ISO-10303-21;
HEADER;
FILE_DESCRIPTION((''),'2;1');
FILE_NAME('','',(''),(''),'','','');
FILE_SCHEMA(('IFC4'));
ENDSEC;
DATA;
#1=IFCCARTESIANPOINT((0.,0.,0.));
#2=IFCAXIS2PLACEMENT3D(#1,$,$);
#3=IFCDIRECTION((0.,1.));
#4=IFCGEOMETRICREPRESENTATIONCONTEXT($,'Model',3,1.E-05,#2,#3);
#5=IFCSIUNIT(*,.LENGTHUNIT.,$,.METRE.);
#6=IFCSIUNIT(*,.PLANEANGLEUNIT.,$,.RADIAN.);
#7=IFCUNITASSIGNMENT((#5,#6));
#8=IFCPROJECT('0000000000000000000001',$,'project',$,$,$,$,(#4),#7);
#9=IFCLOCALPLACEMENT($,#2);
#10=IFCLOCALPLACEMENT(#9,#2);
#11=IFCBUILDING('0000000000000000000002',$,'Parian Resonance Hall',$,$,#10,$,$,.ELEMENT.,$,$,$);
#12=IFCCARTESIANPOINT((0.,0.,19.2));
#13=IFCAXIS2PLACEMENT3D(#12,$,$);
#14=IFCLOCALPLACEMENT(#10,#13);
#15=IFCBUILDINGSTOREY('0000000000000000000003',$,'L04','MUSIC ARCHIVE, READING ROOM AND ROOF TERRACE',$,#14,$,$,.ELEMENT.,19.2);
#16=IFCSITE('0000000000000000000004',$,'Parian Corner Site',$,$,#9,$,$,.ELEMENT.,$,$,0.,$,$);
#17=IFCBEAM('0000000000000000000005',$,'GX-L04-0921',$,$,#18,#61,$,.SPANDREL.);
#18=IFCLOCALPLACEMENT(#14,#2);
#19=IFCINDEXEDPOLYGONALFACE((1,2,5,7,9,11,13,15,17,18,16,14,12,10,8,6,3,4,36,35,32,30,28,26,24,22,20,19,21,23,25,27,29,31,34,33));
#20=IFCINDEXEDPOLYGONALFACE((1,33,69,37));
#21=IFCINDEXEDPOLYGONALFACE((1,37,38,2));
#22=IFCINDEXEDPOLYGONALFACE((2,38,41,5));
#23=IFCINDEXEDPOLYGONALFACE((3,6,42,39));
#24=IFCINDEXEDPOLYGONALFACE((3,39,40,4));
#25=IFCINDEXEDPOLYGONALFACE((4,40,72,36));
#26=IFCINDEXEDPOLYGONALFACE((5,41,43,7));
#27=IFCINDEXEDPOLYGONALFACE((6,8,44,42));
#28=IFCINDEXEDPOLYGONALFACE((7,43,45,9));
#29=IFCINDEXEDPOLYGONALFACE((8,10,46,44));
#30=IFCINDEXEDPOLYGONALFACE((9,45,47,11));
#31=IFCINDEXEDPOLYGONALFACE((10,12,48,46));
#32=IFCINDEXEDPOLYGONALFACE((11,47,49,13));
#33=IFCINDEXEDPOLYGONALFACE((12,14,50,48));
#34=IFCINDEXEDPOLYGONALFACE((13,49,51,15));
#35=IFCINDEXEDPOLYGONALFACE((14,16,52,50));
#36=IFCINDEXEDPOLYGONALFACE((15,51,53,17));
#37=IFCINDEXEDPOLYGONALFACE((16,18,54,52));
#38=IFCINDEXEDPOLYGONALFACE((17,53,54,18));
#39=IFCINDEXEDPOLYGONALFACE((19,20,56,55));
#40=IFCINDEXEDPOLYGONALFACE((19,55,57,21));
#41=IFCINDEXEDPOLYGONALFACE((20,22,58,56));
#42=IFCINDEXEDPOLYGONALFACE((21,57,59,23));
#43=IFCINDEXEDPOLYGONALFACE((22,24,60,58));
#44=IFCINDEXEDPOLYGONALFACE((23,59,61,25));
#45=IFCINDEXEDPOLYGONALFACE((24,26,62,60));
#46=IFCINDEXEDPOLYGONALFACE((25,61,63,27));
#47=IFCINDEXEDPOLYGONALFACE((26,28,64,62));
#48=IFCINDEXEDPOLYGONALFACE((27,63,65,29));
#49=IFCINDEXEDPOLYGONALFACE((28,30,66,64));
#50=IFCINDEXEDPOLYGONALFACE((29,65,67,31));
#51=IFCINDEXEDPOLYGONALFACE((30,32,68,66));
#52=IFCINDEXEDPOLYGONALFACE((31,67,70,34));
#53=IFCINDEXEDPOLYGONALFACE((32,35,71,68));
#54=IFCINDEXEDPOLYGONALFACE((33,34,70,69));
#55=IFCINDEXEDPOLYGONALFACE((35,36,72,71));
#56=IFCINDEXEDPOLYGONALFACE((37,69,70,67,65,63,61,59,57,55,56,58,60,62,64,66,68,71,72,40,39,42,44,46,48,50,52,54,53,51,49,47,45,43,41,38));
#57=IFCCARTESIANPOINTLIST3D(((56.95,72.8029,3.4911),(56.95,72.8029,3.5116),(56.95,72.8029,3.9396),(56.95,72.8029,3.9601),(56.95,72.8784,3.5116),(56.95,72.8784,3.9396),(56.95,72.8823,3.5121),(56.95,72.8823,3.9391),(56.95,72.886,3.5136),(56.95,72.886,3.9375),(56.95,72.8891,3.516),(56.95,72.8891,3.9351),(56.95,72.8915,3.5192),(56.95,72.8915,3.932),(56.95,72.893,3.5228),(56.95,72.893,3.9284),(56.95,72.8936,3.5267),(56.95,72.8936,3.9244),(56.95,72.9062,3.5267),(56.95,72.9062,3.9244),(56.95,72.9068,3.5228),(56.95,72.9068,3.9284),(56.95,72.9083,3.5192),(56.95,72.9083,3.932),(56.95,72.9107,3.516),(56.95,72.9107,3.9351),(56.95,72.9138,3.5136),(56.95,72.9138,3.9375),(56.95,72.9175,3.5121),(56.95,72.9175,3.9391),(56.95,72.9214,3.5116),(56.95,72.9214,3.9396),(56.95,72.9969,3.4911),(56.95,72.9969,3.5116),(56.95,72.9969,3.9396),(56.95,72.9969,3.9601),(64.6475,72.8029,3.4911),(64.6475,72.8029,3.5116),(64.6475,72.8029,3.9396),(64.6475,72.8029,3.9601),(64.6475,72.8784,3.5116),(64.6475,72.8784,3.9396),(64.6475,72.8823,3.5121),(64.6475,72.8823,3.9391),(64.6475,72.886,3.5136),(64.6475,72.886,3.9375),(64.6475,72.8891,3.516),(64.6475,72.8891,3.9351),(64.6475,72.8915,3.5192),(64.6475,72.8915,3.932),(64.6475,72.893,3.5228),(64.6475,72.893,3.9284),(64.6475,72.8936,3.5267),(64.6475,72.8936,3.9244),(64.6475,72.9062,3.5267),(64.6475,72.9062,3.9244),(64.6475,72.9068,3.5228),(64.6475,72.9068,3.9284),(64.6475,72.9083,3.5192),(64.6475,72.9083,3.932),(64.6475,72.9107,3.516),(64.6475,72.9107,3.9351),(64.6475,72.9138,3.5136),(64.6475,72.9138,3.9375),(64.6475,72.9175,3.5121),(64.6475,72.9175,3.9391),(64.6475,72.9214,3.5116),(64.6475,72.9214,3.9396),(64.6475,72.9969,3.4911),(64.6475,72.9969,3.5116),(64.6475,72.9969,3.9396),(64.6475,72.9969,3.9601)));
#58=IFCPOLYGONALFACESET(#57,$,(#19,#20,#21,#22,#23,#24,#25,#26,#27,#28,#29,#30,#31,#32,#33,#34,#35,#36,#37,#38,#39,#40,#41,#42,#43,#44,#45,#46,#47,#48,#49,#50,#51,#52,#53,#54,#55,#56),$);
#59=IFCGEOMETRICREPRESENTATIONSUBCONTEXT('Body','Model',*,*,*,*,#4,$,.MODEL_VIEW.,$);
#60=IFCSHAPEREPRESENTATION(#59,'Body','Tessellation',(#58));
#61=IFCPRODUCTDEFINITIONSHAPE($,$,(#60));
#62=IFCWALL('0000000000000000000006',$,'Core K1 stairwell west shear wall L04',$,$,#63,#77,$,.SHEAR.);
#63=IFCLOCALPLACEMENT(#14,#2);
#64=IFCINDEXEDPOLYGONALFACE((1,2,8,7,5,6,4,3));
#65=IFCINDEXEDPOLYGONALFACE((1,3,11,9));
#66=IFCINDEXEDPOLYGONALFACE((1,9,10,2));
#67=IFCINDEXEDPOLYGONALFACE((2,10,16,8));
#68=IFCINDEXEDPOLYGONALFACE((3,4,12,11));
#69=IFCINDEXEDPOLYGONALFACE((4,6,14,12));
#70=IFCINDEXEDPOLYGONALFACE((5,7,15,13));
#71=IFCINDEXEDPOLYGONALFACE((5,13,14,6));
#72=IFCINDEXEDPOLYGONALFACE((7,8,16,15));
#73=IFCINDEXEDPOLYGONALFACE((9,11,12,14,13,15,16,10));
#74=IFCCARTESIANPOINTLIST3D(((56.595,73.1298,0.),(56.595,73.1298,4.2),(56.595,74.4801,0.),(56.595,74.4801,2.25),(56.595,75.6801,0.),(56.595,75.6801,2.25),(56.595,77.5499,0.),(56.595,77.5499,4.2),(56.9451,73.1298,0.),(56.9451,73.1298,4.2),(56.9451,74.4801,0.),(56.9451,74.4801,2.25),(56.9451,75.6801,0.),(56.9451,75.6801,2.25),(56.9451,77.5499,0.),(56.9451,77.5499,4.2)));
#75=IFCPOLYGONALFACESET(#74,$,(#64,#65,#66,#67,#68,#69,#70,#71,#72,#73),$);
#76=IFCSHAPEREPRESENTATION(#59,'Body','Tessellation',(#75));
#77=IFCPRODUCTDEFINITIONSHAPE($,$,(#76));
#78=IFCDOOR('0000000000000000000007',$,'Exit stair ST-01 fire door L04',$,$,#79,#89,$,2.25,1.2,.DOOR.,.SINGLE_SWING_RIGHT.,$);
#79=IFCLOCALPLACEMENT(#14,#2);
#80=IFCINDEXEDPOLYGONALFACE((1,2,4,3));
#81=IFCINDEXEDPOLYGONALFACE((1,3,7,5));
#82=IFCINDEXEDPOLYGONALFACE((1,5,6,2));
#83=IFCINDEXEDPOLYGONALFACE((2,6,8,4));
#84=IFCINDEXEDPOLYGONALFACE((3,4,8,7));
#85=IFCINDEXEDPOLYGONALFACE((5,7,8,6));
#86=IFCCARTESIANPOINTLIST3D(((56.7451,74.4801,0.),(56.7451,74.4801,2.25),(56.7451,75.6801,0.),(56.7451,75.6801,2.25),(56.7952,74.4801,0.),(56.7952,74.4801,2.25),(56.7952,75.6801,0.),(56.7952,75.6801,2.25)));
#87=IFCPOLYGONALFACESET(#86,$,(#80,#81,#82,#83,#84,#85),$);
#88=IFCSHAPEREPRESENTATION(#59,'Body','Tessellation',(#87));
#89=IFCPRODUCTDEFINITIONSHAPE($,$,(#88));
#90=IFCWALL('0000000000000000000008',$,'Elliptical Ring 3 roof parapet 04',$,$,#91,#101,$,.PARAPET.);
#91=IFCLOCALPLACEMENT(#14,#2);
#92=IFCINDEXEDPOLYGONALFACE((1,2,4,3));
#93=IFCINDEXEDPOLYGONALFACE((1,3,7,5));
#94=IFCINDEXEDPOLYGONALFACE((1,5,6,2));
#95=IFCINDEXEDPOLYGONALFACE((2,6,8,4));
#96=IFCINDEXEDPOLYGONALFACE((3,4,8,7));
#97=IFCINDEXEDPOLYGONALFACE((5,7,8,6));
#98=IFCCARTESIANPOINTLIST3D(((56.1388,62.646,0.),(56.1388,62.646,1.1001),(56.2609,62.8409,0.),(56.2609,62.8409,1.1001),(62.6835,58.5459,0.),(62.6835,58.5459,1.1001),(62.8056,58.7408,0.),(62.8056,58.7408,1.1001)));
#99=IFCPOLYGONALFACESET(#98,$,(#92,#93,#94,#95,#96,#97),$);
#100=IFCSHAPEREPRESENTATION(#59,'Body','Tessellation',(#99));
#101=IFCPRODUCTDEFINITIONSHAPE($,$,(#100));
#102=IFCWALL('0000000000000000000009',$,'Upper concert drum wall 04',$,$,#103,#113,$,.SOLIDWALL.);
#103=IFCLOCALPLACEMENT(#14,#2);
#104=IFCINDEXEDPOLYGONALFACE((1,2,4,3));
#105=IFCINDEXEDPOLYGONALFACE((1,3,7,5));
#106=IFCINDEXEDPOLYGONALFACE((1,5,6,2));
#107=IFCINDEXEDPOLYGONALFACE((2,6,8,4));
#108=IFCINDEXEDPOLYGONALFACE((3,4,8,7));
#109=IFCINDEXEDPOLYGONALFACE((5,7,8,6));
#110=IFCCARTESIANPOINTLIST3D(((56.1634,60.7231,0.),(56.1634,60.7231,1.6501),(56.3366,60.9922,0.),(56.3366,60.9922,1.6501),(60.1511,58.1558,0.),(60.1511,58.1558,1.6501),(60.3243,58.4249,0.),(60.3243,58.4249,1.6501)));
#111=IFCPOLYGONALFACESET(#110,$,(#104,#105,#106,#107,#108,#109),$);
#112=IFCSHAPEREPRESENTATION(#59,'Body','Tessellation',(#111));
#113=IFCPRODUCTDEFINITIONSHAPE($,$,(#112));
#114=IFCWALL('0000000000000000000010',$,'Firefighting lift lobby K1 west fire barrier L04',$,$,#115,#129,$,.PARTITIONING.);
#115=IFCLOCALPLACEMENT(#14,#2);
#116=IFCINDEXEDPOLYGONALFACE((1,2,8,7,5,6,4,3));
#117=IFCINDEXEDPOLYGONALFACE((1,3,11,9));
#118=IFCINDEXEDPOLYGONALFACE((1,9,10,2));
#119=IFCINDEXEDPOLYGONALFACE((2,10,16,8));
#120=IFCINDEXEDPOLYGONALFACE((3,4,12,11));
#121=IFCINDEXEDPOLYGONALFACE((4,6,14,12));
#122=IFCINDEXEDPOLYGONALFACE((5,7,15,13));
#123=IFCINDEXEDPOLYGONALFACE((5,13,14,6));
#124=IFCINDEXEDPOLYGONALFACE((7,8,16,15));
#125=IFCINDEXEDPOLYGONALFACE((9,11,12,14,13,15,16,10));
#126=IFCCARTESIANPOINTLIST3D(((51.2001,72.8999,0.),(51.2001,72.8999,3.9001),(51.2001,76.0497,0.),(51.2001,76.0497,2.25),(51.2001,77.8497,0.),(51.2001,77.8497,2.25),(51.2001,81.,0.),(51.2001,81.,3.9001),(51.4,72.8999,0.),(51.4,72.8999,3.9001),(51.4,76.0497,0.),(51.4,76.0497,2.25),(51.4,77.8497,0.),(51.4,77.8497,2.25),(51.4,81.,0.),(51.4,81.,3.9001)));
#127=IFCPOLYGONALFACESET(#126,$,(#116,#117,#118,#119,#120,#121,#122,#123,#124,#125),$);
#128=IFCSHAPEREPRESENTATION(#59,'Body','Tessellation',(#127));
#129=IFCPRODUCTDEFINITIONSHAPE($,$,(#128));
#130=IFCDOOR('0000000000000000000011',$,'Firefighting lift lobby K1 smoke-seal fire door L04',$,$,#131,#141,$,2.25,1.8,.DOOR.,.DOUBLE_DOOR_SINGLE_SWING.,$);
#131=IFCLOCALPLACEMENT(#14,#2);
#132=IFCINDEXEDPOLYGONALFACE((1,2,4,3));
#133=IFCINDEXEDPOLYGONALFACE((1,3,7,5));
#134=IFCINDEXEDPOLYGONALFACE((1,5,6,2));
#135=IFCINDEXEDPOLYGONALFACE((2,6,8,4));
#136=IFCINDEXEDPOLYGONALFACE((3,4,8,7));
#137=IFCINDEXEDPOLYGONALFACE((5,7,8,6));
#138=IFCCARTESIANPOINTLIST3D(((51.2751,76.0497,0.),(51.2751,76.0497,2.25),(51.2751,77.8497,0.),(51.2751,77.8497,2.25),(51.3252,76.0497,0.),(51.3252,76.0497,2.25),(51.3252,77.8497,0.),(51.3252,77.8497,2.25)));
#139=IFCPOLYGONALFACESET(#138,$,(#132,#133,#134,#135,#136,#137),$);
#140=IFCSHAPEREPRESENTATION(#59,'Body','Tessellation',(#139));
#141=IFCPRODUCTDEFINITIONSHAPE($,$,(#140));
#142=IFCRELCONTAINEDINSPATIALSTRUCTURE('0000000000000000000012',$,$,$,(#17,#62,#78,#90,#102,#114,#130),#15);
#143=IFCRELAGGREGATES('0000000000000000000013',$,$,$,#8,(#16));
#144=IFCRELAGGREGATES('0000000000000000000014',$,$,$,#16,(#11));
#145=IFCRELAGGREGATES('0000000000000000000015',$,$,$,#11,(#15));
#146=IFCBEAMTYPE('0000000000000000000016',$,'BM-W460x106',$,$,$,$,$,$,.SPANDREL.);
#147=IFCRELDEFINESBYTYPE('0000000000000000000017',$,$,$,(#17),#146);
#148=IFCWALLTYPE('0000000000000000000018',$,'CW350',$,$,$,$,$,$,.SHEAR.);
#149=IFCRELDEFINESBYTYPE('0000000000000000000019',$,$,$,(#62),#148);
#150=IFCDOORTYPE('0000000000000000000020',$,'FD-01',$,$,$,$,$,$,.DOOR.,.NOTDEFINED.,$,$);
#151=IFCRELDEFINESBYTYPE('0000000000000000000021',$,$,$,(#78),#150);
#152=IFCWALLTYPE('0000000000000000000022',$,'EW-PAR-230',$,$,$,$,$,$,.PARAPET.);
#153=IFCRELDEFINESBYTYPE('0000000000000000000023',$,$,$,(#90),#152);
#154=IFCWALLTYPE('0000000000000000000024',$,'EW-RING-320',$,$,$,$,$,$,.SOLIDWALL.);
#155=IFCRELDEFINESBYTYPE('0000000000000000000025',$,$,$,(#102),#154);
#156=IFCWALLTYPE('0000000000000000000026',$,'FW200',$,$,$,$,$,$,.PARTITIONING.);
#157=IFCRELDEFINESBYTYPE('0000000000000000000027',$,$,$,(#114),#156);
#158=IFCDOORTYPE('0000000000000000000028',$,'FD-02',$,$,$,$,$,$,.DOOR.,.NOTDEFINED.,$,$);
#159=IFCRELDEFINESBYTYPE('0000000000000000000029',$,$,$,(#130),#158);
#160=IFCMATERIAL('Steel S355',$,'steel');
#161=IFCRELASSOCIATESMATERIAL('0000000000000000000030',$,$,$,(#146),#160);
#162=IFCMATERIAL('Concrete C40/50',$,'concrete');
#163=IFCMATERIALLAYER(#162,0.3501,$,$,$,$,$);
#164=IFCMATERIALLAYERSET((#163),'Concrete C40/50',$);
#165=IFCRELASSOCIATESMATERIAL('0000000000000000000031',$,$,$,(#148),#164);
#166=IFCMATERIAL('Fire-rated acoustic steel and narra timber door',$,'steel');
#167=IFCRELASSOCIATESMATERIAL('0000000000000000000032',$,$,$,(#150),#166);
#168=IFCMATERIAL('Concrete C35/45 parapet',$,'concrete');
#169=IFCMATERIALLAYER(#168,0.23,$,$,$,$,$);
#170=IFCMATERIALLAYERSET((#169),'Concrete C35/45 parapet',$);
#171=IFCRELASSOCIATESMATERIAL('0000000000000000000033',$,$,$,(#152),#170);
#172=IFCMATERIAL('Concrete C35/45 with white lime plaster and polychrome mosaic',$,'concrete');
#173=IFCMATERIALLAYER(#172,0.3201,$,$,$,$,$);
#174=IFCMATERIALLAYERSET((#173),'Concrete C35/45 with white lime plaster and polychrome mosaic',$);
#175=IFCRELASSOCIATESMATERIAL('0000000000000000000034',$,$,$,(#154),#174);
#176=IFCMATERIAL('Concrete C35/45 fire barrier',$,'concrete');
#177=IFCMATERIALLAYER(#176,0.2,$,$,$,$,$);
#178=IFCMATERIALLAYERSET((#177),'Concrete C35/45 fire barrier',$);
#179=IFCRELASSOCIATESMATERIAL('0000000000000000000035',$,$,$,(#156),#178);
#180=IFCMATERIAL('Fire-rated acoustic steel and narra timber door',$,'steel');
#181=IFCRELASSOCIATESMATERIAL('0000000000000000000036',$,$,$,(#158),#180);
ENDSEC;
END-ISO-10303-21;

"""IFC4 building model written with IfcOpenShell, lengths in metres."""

from ifc_helpers import new_model, si_unit, direction, frame, frame_2d, origin, origin_2d, place, context, subcontext, project, spatial, rectangle, i_section, extrude, material, layer, layer_set, material_profile, profile_set, type_object, element, fill, save


model = new_model("IFC4")

# Units and contexts
model_context = context("Model", 3, precision=1e-05, world=origin(), true_north=direction((0.0, 1.0)))
body_context = subcontext(model_context, "Body", "Model", "MODEL_VIEW")
ifc_project = project(units=[si_unit("LENGTHUNIT", "METRE"), si_unit("PLANEANGLEUNIT", "RADIAN")], contexts=[model_context])

# Site, building, storey
site_placement = place(None, origin())
site = spatial("IfcSite", under=ifc_project, at=site_placement, Name="Parian Corner Site", CompositionType="ELEMENT", RefElevation=0.0)
building_placement = place(site_placement, origin())
building = spatial("IfcBuilding", under=site, at=building_placement, Name="Parian Resonance Hall", CompositionType="ELEMENT")
storey_placement = place(building_placement, frame((0.0, 0.0, 19.2)))
storey = spatial("IfcBuildingStorey", under=building, at=storey_placement, Name="L04", Description="MUSIC ARCHIVE, READING ROOM AND ROOF TERRACE", CompositionType="ELEMENT", Elevation=19.2)

# Beam
ifc_material_1 = material(Name="Steel S355", Category="steel")
ifc_material_profile_1 = material_profile(ifc_material_1, i_section(OverallWidth=0.1941, OverallDepth=0.469, WebThickness=0.0127, FlangeThickness=0.0205, FilletRadius=0.0151, at=origin_2d()), Name="W460x106")
ifc_profile_set_1 = profile_set([ifc_material_profile_1], Name="Steel S355")
beam_type_1 = type_object("IfcBeamType", Name="BM-W460x106", PredefinedType="SPANDREL", material=ifc_profile_set_1)
beam_1_placement = place(storey_placement, frame((56.95, 72.8999, 3.7256), z_axis=(1.0, 0.0, 0.0), x_axis=(0.0, 1.0, 0.0)))
element("IfcBeam", 1, at=beam_1_placement, inside=storey, type_object=beam_type_1, Name="GX-L04-0921", PredefinedType="SPANDREL", context=body_context, shape_type="SweptSolid", body=[
    extrude(i_section(OverallWidth=0.1941, OverallDepth=0.469, WebThickness=0.0127, FlangeThickness=0.0205, FilletRadius=0.0151, at=origin_2d()), origin(), (0.0, 0.0, 1.0), 7.6975),
])

# Wall, opening, door
ifc_material_2 = material(Name="Concrete C40/50", Category="concrete")
ifc_layer_1 = layer(ifc_material_2, 0.3501)
ifc_layer_set_1 = layer_set([ifc_layer_1], Name="Concrete C40/50")
wall_type_1 = type_object("IfcWallType", Name="CW350", PredefinedType="SHEAR", material=ifc_layer_set_1)
wall_1_placement = place(storey_placement, frame((56.77, 73.1299, 0.0), z_axis=(0.0, 0.0, 1.0), x_axis=(0.0, 1.0, 0.0)))
wall_1 = element("IfcWall", 2, at=wall_1_placement, inside=storey, type_object=wall_type_1, Name="Core K1 stairwell west shear wall L04", PredefinedType="SHEAR", context=body_context, shape_type="SweptSolid", body=[
    extrude(rectangle(XDim=4.4202, YDim=0.3501, at=frame_2d((2.21, 0.0))), origin(), (0.0, 0.0, 1.0), 4.2),
])
opening_1_placement = place(wall_1_placement, frame((1.3501, 0.0, 0.0)))
opening_1 = element("IfcOpeningElement", 3, at=opening_1_placement, cuts=wall_1, PredefinedType="OPENING", context=body_context, shape_type="SweptSolid", body=[
    extrude(rectangle(XDim=1.2, YDim=2.25, at=frame_2d((0.6001, 1.125))), frame((0.0, 0.1851, 0.0), z_axis=(0.0, -1.0, 0.0), x_axis=(1.0, 0.0, 0.0)), (0.0, 0.0, 1.0), 0.3701),
])
ifc_material_3 = material(Name="Fire-rated acoustic steel and narra timber door", Category="steel")
door_type_1 = type_object("IfcDoorType", Name="FD-01", OperationType="NOTDEFINED", PredefinedType="DOOR", material=ifc_material_3)
door_1_placement = place(opening_1_placement, origin())
door_1 = element("IfcDoor", 4, at=door_1_placement, inside=storey, type_object=door_type_1, Name="Exit stair ST-01 fire door L04", OperationType="SINGLE_SWING_RIGHT", OverallHeight=2.25, OverallWidth=1.2, PredefinedType="DOOR", context=body_context, shape_type="SweptSolid", body=[
    extrude(rectangle(XDim=1.2, YDim=2.25, at=frame_2d((0.6001, 1.125))), frame((0.0, 0.0249, 0.0), z_axis=(0.0, -1.0, 0.0), x_axis=(1.0, 0.0, 0.0)), (0.0, 0.0, 1.0), 0.05),
])
fill(opening_1, door_1)

# Walls
ifc_material_4 = material(Name="Concrete C35/45 parapet", Category="concrete")
ifc_layer_2 = layer(ifc_material_4, 0.23)
ifc_layer_set_2 = layer_set([ifc_layer_2], Name="Concrete C35/45 parapet")
wall_type_2 = type_object("IfcWallType", Name="EW-PAR-230", PredefinedType="PARAPET", material=ifc_layer_set_2)
wall_2_placement = place(storey_placement, frame((56.2, 62.7434, 0.0), z_axis=(0.0, 0.0, 1.0), x_axis=(0.847435, -0.530899, 0.0)))
element("IfcWall", 5, at=wall_2_placement, inside=storey, type_object=wall_type_2, Name="Elliptical Ring 3 roof parapet 04", PredefinedType="PARAPET", context=body_context, shape_type="SweptSolid", body=[
    extrude(rectangle(XDim=7.7229, YDim=0.23, at=frame_2d((3.8613, 0.0))), origin(), (0.0, 0.0, 1.0), 1.1001),
])
ifc_material_5 = material(Name="Concrete C35/45 with white lime plaster and polychrome mosaic", Category="concrete")
ifc_layer_3 = layer(ifc_material_5, 0.3201)
ifc_layer_set_3 = layer_set([ifc_layer_3], Name="Concrete C35/45 with white lime plaster and polychrome mosaic")
wall_type_3 = type_object("IfcWallType", Name="EW-RING-320", PredefinedType="SOLIDWALL", material=ifc_layer_set_3)
wall_3_placement = place(storey_placement, frame((56.25, 60.8577, 0.0), z_axis=(0.0, 0.0, 1.0), x_axis=(0.840814, -0.541325, 0.0)))
element("IfcWall", 6, at=wall_3_placement, inside=storey, type_object=wall_type_3, Name="Upper concert drum wall 04", PredefinedType="SOLIDWALL", context=body_context, shape_type="SweptSolid", body=[
    extrude(rectangle(XDim=4.7427, YDim=0.3201, at=frame_2d((2.3713, 0.0))), origin(), (0.0, 0.0, 1.0), 1.6501),
])

# Wall, opening, door
ifc_material_6 = material(Name="Concrete C35/45 fire barrier", Category="concrete")
ifc_layer_4 = layer(ifc_material_6, 0.2)
ifc_layer_set_4 = layer_set([ifc_layer_4], Name="Concrete C35/45 fire barrier")
wall_type_4 = type_object("IfcWallType", Name="FW200", PredefinedType="PARTITIONING", material=ifc_layer_set_4)
wall_4_placement = place(storey_placement, frame((51.3, 72.8999, 0.0), z_axis=(0.0, 0.0, 1.0), x_axis=(0.0, 1.0, 0.0)))
wall_4 = element("IfcWall", 7, at=wall_4_placement, inside=storey, type_object=wall_type_4, Name="Firefighting lift lobby K1 west fire barrier L04", PredefinedType="PARTITIONING", context=body_context, shape_type="SweptSolid", body=[
    extrude(rectangle(XDim=8.1001, YDim=0.2, at=frame_2d((4.05, 0.0))), origin(), (0.0, 0.0, 1.0), 3.9001),
])
opening_2_placement = place(wall_4_placement, frame((3.1499, 0.0, 0.0)))
opening_2 = element("IfcOpeningElement", 8, at=opening_2_placement, cuts=wall_4, PredefinedType="OPENING", context=body_context, shape_type="SweptSolid", body=[
    extrude(rectangle(XDim=1.8, YDim=2.25, at=frame_2d((0.8999, 1.125))), frame((0.0, 0.1099, 0.0), z_axis=(0.0, -1.0, 0.0), x_axis=(1.0, 0.0, 0.0)), (0.0, 0.0, 1.0), 0.22),
])
ifc_material_7 = material(Name="Fire-rated acoustic steel and narra timber door", Category="steel")
door_type_2 = type_object("IfcDoorType", Name="FD-02", OperationType="NOTDEFINED", PredefinedType="DOOR", material=ifc_material_7)
door_2_placement = place(opening_2_placement, origin())
door_2 = element("IfcDoor", 9, at=door_2_placement, inside=storey, type_object=door_type_2, Name="Firefighting lift lobby K1 smoke-seal fire door L04", OperationType="DOUBLE_DOOR_SINGLE_SWING", OverallHeight=2.25, OverallWidth=1.8, PredefinedType="DOOR", context=body_context, shape_type="SweptSolid", body=[
    extrude(rectangle(XDim=1.8, YDim=2.25, at=frame_2d((0.8999, 1.125))), frame((0.0, 0.0249, 0.0), z_axis=(0.0, -1.0, 0.0), x_axis=(1.0, 0.0, 0.0)), (0.0, 0.0, 1.0), 0.05),
])
fill(opening_2, door_2)

save(model, "model.ifc")
